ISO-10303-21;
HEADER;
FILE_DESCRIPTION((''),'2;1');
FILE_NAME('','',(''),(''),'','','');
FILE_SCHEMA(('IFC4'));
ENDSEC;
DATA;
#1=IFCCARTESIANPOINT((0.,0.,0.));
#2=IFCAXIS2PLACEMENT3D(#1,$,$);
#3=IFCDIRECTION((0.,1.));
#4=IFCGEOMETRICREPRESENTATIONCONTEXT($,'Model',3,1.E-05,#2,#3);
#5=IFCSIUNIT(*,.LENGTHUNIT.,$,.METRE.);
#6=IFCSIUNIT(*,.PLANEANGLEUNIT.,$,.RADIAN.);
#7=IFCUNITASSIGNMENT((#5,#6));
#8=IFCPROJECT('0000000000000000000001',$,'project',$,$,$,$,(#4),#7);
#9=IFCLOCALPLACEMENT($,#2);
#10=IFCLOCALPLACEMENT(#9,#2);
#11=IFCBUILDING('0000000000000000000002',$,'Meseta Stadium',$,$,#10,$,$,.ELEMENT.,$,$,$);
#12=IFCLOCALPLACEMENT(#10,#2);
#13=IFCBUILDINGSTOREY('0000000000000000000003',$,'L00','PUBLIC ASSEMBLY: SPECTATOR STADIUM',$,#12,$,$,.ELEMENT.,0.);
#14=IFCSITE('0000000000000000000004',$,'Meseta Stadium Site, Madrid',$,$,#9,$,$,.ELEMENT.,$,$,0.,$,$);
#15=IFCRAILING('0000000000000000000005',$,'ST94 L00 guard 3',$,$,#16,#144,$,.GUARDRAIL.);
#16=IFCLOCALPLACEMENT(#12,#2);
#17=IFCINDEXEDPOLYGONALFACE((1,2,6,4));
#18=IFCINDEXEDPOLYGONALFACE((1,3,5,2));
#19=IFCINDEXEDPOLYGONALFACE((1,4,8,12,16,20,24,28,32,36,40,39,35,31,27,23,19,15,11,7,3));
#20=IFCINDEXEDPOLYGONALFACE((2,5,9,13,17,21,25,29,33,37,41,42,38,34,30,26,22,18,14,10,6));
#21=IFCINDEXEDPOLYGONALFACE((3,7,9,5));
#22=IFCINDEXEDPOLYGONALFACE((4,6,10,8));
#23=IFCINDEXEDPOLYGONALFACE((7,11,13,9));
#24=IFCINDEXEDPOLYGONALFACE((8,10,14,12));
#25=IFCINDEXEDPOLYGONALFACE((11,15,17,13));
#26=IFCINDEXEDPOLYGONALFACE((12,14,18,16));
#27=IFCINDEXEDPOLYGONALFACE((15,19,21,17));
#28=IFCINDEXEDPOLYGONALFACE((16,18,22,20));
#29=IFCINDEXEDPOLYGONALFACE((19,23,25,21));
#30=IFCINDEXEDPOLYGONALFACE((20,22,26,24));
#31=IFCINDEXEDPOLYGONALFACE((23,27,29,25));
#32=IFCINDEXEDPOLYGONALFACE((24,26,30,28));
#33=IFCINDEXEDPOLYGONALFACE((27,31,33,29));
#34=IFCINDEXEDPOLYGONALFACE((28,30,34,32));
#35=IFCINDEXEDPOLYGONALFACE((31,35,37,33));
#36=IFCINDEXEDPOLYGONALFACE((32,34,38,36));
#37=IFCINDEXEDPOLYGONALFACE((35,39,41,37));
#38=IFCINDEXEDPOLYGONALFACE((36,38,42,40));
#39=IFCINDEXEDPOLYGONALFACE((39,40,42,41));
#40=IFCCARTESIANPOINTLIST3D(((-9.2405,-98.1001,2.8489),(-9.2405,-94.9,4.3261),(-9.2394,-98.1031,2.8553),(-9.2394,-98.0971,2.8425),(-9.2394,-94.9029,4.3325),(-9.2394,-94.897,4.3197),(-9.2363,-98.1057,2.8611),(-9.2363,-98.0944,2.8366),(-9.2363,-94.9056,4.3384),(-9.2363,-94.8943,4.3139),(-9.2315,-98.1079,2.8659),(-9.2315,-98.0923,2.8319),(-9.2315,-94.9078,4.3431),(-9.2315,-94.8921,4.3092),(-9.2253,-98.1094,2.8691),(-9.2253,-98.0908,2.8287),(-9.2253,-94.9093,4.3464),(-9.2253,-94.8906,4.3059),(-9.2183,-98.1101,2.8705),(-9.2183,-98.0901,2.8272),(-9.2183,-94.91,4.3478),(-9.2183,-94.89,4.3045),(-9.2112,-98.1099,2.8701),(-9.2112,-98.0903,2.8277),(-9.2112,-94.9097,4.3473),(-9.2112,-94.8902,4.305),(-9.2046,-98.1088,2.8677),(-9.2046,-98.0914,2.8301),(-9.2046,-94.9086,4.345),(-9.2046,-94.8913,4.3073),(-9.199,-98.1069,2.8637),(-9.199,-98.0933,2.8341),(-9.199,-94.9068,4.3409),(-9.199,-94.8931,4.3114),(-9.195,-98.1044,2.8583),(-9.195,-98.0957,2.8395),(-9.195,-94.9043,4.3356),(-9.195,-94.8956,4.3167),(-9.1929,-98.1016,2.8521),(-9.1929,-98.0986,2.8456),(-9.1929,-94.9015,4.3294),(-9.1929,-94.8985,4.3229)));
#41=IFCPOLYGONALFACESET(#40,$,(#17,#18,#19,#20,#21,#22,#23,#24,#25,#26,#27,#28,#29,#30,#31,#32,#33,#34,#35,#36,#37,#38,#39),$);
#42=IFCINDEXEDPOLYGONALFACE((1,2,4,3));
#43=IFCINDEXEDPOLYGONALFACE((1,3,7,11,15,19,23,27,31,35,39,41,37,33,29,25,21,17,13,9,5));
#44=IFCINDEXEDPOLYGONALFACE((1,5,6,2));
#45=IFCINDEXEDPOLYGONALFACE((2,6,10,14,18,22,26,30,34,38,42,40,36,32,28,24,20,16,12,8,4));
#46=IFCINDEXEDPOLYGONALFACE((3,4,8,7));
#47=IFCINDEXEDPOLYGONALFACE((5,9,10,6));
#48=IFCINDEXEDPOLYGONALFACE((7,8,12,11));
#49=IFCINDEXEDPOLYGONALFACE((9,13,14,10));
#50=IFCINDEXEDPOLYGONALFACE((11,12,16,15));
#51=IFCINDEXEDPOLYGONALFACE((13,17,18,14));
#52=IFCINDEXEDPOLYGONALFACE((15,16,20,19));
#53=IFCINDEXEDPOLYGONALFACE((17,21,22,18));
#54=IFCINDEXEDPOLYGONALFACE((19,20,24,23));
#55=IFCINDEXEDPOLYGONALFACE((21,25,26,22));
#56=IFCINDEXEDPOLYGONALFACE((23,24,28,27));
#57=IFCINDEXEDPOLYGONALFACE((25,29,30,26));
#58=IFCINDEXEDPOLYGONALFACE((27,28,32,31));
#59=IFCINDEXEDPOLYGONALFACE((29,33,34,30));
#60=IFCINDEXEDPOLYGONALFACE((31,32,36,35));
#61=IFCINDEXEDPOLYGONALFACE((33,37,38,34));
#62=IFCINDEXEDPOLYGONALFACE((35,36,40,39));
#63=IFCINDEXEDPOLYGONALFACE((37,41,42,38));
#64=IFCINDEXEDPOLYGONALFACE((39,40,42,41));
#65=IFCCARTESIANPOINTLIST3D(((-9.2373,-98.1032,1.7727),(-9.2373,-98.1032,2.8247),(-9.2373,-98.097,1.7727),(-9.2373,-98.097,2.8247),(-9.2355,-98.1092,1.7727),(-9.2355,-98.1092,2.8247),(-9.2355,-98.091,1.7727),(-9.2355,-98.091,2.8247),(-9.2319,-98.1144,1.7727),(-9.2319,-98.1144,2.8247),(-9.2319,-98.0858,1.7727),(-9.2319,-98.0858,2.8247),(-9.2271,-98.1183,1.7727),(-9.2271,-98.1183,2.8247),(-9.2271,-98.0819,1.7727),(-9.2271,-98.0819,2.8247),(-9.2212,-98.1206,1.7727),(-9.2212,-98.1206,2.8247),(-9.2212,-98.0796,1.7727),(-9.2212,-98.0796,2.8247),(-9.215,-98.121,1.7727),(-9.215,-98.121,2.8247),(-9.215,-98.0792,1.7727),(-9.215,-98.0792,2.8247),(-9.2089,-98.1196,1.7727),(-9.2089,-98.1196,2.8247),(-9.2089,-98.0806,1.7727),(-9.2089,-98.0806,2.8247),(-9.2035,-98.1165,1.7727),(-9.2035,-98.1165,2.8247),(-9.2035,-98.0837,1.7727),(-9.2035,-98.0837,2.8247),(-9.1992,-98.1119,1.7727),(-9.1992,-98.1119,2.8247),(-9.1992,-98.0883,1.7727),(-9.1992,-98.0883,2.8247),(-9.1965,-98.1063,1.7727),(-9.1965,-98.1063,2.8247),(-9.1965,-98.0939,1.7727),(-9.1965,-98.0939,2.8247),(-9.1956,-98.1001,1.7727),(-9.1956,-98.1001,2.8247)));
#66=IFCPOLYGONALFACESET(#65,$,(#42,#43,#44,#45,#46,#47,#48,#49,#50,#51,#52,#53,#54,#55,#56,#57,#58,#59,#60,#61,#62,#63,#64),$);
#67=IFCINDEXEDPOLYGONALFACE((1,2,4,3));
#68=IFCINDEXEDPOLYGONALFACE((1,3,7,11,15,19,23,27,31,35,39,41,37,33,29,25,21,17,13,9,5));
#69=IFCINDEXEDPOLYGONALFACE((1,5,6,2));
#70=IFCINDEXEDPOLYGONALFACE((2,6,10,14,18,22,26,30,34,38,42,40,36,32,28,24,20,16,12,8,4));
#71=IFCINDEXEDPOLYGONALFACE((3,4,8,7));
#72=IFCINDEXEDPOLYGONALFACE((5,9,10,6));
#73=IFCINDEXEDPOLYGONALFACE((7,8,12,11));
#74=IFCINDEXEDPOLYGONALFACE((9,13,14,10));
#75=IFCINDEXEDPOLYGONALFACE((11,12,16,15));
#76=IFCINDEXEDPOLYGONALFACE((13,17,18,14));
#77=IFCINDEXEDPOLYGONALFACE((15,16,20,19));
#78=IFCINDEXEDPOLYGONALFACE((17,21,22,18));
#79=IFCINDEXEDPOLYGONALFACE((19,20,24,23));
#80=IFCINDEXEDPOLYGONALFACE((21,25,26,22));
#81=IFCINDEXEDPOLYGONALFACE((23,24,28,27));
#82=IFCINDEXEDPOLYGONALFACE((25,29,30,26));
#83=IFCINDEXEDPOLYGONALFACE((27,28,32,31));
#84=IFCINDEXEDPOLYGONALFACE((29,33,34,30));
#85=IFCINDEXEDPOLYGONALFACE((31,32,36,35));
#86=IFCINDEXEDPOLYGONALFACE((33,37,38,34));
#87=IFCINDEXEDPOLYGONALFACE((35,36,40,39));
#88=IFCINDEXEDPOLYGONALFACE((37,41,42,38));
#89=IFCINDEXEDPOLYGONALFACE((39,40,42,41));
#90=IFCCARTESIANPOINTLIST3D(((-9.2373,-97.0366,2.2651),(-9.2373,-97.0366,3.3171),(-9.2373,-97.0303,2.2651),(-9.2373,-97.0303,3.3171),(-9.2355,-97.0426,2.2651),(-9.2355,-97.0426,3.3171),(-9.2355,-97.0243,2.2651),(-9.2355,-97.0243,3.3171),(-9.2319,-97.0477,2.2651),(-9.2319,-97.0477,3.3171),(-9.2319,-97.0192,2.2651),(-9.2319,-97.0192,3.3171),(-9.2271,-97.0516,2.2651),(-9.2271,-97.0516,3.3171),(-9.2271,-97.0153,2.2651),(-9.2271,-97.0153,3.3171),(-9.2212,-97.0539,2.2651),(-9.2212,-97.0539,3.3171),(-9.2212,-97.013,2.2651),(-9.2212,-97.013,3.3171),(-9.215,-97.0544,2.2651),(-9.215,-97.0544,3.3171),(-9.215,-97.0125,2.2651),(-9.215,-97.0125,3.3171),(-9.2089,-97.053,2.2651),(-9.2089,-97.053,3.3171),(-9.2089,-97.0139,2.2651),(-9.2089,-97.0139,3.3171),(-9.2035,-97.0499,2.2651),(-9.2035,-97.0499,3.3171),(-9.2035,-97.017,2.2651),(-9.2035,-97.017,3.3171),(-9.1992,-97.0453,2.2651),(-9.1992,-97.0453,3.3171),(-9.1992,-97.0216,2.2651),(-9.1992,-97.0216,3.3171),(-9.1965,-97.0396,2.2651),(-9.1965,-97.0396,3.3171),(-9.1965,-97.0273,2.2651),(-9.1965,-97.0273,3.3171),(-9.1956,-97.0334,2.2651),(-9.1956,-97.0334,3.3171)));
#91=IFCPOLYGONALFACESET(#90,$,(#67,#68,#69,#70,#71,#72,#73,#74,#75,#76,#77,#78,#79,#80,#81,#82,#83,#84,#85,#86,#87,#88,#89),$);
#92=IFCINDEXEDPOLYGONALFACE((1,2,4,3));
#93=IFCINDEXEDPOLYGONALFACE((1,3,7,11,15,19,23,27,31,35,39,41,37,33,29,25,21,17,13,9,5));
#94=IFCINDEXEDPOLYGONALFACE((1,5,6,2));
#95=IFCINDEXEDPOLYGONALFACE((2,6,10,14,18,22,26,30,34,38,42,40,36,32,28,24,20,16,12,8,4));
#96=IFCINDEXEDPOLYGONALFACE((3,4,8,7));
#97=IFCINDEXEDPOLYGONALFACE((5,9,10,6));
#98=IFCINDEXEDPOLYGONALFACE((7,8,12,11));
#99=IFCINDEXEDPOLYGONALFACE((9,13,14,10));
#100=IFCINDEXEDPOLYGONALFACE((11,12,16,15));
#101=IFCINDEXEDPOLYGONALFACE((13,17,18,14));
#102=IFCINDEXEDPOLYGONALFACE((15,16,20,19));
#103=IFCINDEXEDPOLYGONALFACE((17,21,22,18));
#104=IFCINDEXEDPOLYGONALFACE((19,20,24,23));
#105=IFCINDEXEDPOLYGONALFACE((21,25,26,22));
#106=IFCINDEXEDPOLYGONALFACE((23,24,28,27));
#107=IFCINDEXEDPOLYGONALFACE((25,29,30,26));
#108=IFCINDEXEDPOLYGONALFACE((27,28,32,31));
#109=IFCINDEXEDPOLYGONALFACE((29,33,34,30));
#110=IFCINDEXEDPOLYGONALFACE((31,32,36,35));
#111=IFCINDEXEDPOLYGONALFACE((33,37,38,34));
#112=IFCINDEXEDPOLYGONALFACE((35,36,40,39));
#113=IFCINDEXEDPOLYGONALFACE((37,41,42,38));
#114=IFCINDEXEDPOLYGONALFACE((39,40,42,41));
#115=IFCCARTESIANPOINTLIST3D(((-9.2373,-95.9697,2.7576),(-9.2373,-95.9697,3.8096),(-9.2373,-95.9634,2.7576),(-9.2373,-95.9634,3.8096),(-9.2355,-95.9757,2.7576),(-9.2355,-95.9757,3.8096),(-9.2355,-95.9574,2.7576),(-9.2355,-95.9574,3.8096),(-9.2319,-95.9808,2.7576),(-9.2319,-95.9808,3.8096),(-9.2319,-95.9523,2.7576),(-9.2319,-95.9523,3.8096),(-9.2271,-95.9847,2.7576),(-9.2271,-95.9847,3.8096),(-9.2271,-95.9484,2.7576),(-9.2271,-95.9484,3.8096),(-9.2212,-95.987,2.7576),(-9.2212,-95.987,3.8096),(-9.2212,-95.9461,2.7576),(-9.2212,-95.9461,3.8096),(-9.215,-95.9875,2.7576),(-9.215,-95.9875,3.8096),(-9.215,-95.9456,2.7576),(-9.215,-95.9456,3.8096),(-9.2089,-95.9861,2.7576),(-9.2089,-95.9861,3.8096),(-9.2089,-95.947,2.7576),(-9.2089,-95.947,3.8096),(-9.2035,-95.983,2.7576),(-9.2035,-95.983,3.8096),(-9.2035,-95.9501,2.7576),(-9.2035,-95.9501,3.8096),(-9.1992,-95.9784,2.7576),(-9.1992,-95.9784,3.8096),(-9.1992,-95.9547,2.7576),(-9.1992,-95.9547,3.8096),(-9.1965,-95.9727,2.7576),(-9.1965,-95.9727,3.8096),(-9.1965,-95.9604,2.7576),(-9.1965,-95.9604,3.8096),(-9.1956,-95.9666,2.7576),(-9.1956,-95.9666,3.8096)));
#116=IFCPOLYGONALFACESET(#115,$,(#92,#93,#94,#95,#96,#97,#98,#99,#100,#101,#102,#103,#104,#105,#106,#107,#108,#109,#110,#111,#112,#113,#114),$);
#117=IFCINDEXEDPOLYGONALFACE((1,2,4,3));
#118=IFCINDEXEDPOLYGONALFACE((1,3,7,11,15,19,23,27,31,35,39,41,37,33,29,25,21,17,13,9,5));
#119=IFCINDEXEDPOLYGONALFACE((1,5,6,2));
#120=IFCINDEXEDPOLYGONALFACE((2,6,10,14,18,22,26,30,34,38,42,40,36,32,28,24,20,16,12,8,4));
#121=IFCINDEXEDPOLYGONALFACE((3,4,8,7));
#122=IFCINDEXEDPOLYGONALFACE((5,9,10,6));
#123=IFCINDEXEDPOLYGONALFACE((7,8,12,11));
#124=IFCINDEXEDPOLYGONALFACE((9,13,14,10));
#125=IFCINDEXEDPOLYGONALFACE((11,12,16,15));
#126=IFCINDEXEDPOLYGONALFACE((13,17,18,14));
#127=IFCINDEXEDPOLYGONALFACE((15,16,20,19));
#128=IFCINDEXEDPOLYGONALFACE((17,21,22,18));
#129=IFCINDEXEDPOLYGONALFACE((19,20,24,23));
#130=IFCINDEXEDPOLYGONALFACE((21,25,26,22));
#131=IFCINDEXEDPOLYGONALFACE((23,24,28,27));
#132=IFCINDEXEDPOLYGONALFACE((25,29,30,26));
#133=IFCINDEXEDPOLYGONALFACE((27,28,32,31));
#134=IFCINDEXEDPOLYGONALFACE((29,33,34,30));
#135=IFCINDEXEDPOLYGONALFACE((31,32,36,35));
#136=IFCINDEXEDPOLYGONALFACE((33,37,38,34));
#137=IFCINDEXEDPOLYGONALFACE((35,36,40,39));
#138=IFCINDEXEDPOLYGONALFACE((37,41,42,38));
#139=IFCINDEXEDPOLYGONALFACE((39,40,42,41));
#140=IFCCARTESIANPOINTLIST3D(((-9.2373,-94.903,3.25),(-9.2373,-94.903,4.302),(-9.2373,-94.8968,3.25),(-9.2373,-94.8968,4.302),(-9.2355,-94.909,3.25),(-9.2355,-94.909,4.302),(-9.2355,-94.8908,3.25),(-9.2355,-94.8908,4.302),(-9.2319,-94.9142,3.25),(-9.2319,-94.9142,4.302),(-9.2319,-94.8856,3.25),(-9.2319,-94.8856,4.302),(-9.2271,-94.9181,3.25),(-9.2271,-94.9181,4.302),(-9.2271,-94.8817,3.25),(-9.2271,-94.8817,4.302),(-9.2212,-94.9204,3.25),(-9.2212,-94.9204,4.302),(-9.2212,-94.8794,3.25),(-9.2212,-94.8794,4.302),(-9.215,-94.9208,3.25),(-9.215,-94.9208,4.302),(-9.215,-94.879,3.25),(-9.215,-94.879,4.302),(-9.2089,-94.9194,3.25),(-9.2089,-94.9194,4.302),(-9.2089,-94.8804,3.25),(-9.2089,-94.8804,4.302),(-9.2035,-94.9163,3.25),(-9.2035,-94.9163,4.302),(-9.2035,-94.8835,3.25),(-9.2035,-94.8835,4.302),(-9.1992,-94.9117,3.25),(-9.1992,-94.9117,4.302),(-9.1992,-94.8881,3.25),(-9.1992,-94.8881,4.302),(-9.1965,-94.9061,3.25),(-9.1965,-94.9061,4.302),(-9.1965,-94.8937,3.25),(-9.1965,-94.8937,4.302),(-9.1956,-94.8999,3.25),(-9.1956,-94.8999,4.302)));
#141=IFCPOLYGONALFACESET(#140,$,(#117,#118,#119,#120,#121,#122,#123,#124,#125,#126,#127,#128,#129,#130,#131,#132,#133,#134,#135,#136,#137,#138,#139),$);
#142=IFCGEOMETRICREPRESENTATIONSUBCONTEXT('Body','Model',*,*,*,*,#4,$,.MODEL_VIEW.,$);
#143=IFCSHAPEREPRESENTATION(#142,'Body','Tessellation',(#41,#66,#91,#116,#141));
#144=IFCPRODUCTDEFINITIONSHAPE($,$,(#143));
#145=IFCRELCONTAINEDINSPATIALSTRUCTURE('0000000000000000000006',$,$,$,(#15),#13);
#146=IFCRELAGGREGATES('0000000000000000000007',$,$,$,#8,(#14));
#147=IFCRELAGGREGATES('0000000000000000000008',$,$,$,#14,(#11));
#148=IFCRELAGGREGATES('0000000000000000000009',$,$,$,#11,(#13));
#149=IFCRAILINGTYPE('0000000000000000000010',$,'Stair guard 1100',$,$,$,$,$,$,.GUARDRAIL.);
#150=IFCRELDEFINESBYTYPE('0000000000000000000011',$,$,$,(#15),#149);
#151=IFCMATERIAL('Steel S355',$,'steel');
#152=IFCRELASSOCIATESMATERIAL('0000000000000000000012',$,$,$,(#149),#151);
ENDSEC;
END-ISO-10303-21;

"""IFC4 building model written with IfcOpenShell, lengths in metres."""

from ifc_helpers import new_model, si_unit, direction, frame, origin, origin_2d, place, context, subcontext, project, spatial, circle, extrude, material, type_object, element, save


model = new_model("IFC4")

# Units and contexts
model_context = context("Model", 3, precision=1e-05, world=origin(), true_north=direction((0.0, 1.0)))
body_context = subcontext(model_context, "Body", "Model", "MODEL_VIEW")
ifc_project = project(units=[si_unit("LENGTHUNIT", "METRE"), si_unit("PLANEANGLEUNIT", "RADIAN")], contexts=[model_context])

# Site, building, storey
site_placement = place(None, origin())
site = spatial("IfcSite", under=ifc_project, at=site_placement, Name="Meseta Stadium Site, Madrid", CompositionType="ELEMENT", RefElevation=0.0)
building_placement = place(site_placement, origin())
building = spatial("IfcBuilding", under=site, at=building_placement, Name="Meseta Stadium", CompositionType="ELEMENT")
storey_placement = place(building_placement, origin())
storey = spatial("IfcBuildingStorey", under=building, at=storey_placement, Name="L00", Description="PUBLIC ASSEMBLY: SPECTATOR STADIUM", CompositionType="ELEMENT", Elevation=0.0)

# Railing
ifc_material_1 = material(Name="Steel S355", Category="steel")
railing_type_1 = type_object("IfcRailingType", Name="Stair guard 1100", PredefinedType="GUARDRAIL", material=ifc_material_1)
railing_1_placement = place(storey_placement, frame((-9.2166, -98.1001, 1.7727)))
element("IfcRailing", 1, at=railing_1_placement, inside=storey, type_object=railing_type_1, Name="ST94 L00 guard 3", PredefinedType="GUARDRAIL", context=body_context, shape_type="SweptSolid", body=[
    extrude(circle(Radius=0.0239, at=origin_2d()), frame((0.0, 0.0, 1.0762), z_axis=(0.0, 0.907929, 0.419124), x_axis=(-1.0, 0.0, 0.0)), (0.0, 0.0, 1.0), 3.5247),
    extrude(circle(Radius=0.021, at=origin_2d()), origin(), (0.0, 0.0, 1.0), 1.052),
    extrude(circle(Radius=0.021, at=origin_2d()), frame((0.0, 1.0667, 0.4924)), (0.0, 0.0, 1.0), 1.052),
    extrude(circle(Radius=0.021, at=origin_2d()), frame((0.0, 2.1335, 0.9849)), (0.0, 0.0, 1.0), 1.052),
    extrude(circle(Radius=0.021, at=origin_2d()), frame((0.0, 3.2002, 1.4773)), (0.0, 0.0, 1.0), 1.052),
])

save(model, "model.ifc")
